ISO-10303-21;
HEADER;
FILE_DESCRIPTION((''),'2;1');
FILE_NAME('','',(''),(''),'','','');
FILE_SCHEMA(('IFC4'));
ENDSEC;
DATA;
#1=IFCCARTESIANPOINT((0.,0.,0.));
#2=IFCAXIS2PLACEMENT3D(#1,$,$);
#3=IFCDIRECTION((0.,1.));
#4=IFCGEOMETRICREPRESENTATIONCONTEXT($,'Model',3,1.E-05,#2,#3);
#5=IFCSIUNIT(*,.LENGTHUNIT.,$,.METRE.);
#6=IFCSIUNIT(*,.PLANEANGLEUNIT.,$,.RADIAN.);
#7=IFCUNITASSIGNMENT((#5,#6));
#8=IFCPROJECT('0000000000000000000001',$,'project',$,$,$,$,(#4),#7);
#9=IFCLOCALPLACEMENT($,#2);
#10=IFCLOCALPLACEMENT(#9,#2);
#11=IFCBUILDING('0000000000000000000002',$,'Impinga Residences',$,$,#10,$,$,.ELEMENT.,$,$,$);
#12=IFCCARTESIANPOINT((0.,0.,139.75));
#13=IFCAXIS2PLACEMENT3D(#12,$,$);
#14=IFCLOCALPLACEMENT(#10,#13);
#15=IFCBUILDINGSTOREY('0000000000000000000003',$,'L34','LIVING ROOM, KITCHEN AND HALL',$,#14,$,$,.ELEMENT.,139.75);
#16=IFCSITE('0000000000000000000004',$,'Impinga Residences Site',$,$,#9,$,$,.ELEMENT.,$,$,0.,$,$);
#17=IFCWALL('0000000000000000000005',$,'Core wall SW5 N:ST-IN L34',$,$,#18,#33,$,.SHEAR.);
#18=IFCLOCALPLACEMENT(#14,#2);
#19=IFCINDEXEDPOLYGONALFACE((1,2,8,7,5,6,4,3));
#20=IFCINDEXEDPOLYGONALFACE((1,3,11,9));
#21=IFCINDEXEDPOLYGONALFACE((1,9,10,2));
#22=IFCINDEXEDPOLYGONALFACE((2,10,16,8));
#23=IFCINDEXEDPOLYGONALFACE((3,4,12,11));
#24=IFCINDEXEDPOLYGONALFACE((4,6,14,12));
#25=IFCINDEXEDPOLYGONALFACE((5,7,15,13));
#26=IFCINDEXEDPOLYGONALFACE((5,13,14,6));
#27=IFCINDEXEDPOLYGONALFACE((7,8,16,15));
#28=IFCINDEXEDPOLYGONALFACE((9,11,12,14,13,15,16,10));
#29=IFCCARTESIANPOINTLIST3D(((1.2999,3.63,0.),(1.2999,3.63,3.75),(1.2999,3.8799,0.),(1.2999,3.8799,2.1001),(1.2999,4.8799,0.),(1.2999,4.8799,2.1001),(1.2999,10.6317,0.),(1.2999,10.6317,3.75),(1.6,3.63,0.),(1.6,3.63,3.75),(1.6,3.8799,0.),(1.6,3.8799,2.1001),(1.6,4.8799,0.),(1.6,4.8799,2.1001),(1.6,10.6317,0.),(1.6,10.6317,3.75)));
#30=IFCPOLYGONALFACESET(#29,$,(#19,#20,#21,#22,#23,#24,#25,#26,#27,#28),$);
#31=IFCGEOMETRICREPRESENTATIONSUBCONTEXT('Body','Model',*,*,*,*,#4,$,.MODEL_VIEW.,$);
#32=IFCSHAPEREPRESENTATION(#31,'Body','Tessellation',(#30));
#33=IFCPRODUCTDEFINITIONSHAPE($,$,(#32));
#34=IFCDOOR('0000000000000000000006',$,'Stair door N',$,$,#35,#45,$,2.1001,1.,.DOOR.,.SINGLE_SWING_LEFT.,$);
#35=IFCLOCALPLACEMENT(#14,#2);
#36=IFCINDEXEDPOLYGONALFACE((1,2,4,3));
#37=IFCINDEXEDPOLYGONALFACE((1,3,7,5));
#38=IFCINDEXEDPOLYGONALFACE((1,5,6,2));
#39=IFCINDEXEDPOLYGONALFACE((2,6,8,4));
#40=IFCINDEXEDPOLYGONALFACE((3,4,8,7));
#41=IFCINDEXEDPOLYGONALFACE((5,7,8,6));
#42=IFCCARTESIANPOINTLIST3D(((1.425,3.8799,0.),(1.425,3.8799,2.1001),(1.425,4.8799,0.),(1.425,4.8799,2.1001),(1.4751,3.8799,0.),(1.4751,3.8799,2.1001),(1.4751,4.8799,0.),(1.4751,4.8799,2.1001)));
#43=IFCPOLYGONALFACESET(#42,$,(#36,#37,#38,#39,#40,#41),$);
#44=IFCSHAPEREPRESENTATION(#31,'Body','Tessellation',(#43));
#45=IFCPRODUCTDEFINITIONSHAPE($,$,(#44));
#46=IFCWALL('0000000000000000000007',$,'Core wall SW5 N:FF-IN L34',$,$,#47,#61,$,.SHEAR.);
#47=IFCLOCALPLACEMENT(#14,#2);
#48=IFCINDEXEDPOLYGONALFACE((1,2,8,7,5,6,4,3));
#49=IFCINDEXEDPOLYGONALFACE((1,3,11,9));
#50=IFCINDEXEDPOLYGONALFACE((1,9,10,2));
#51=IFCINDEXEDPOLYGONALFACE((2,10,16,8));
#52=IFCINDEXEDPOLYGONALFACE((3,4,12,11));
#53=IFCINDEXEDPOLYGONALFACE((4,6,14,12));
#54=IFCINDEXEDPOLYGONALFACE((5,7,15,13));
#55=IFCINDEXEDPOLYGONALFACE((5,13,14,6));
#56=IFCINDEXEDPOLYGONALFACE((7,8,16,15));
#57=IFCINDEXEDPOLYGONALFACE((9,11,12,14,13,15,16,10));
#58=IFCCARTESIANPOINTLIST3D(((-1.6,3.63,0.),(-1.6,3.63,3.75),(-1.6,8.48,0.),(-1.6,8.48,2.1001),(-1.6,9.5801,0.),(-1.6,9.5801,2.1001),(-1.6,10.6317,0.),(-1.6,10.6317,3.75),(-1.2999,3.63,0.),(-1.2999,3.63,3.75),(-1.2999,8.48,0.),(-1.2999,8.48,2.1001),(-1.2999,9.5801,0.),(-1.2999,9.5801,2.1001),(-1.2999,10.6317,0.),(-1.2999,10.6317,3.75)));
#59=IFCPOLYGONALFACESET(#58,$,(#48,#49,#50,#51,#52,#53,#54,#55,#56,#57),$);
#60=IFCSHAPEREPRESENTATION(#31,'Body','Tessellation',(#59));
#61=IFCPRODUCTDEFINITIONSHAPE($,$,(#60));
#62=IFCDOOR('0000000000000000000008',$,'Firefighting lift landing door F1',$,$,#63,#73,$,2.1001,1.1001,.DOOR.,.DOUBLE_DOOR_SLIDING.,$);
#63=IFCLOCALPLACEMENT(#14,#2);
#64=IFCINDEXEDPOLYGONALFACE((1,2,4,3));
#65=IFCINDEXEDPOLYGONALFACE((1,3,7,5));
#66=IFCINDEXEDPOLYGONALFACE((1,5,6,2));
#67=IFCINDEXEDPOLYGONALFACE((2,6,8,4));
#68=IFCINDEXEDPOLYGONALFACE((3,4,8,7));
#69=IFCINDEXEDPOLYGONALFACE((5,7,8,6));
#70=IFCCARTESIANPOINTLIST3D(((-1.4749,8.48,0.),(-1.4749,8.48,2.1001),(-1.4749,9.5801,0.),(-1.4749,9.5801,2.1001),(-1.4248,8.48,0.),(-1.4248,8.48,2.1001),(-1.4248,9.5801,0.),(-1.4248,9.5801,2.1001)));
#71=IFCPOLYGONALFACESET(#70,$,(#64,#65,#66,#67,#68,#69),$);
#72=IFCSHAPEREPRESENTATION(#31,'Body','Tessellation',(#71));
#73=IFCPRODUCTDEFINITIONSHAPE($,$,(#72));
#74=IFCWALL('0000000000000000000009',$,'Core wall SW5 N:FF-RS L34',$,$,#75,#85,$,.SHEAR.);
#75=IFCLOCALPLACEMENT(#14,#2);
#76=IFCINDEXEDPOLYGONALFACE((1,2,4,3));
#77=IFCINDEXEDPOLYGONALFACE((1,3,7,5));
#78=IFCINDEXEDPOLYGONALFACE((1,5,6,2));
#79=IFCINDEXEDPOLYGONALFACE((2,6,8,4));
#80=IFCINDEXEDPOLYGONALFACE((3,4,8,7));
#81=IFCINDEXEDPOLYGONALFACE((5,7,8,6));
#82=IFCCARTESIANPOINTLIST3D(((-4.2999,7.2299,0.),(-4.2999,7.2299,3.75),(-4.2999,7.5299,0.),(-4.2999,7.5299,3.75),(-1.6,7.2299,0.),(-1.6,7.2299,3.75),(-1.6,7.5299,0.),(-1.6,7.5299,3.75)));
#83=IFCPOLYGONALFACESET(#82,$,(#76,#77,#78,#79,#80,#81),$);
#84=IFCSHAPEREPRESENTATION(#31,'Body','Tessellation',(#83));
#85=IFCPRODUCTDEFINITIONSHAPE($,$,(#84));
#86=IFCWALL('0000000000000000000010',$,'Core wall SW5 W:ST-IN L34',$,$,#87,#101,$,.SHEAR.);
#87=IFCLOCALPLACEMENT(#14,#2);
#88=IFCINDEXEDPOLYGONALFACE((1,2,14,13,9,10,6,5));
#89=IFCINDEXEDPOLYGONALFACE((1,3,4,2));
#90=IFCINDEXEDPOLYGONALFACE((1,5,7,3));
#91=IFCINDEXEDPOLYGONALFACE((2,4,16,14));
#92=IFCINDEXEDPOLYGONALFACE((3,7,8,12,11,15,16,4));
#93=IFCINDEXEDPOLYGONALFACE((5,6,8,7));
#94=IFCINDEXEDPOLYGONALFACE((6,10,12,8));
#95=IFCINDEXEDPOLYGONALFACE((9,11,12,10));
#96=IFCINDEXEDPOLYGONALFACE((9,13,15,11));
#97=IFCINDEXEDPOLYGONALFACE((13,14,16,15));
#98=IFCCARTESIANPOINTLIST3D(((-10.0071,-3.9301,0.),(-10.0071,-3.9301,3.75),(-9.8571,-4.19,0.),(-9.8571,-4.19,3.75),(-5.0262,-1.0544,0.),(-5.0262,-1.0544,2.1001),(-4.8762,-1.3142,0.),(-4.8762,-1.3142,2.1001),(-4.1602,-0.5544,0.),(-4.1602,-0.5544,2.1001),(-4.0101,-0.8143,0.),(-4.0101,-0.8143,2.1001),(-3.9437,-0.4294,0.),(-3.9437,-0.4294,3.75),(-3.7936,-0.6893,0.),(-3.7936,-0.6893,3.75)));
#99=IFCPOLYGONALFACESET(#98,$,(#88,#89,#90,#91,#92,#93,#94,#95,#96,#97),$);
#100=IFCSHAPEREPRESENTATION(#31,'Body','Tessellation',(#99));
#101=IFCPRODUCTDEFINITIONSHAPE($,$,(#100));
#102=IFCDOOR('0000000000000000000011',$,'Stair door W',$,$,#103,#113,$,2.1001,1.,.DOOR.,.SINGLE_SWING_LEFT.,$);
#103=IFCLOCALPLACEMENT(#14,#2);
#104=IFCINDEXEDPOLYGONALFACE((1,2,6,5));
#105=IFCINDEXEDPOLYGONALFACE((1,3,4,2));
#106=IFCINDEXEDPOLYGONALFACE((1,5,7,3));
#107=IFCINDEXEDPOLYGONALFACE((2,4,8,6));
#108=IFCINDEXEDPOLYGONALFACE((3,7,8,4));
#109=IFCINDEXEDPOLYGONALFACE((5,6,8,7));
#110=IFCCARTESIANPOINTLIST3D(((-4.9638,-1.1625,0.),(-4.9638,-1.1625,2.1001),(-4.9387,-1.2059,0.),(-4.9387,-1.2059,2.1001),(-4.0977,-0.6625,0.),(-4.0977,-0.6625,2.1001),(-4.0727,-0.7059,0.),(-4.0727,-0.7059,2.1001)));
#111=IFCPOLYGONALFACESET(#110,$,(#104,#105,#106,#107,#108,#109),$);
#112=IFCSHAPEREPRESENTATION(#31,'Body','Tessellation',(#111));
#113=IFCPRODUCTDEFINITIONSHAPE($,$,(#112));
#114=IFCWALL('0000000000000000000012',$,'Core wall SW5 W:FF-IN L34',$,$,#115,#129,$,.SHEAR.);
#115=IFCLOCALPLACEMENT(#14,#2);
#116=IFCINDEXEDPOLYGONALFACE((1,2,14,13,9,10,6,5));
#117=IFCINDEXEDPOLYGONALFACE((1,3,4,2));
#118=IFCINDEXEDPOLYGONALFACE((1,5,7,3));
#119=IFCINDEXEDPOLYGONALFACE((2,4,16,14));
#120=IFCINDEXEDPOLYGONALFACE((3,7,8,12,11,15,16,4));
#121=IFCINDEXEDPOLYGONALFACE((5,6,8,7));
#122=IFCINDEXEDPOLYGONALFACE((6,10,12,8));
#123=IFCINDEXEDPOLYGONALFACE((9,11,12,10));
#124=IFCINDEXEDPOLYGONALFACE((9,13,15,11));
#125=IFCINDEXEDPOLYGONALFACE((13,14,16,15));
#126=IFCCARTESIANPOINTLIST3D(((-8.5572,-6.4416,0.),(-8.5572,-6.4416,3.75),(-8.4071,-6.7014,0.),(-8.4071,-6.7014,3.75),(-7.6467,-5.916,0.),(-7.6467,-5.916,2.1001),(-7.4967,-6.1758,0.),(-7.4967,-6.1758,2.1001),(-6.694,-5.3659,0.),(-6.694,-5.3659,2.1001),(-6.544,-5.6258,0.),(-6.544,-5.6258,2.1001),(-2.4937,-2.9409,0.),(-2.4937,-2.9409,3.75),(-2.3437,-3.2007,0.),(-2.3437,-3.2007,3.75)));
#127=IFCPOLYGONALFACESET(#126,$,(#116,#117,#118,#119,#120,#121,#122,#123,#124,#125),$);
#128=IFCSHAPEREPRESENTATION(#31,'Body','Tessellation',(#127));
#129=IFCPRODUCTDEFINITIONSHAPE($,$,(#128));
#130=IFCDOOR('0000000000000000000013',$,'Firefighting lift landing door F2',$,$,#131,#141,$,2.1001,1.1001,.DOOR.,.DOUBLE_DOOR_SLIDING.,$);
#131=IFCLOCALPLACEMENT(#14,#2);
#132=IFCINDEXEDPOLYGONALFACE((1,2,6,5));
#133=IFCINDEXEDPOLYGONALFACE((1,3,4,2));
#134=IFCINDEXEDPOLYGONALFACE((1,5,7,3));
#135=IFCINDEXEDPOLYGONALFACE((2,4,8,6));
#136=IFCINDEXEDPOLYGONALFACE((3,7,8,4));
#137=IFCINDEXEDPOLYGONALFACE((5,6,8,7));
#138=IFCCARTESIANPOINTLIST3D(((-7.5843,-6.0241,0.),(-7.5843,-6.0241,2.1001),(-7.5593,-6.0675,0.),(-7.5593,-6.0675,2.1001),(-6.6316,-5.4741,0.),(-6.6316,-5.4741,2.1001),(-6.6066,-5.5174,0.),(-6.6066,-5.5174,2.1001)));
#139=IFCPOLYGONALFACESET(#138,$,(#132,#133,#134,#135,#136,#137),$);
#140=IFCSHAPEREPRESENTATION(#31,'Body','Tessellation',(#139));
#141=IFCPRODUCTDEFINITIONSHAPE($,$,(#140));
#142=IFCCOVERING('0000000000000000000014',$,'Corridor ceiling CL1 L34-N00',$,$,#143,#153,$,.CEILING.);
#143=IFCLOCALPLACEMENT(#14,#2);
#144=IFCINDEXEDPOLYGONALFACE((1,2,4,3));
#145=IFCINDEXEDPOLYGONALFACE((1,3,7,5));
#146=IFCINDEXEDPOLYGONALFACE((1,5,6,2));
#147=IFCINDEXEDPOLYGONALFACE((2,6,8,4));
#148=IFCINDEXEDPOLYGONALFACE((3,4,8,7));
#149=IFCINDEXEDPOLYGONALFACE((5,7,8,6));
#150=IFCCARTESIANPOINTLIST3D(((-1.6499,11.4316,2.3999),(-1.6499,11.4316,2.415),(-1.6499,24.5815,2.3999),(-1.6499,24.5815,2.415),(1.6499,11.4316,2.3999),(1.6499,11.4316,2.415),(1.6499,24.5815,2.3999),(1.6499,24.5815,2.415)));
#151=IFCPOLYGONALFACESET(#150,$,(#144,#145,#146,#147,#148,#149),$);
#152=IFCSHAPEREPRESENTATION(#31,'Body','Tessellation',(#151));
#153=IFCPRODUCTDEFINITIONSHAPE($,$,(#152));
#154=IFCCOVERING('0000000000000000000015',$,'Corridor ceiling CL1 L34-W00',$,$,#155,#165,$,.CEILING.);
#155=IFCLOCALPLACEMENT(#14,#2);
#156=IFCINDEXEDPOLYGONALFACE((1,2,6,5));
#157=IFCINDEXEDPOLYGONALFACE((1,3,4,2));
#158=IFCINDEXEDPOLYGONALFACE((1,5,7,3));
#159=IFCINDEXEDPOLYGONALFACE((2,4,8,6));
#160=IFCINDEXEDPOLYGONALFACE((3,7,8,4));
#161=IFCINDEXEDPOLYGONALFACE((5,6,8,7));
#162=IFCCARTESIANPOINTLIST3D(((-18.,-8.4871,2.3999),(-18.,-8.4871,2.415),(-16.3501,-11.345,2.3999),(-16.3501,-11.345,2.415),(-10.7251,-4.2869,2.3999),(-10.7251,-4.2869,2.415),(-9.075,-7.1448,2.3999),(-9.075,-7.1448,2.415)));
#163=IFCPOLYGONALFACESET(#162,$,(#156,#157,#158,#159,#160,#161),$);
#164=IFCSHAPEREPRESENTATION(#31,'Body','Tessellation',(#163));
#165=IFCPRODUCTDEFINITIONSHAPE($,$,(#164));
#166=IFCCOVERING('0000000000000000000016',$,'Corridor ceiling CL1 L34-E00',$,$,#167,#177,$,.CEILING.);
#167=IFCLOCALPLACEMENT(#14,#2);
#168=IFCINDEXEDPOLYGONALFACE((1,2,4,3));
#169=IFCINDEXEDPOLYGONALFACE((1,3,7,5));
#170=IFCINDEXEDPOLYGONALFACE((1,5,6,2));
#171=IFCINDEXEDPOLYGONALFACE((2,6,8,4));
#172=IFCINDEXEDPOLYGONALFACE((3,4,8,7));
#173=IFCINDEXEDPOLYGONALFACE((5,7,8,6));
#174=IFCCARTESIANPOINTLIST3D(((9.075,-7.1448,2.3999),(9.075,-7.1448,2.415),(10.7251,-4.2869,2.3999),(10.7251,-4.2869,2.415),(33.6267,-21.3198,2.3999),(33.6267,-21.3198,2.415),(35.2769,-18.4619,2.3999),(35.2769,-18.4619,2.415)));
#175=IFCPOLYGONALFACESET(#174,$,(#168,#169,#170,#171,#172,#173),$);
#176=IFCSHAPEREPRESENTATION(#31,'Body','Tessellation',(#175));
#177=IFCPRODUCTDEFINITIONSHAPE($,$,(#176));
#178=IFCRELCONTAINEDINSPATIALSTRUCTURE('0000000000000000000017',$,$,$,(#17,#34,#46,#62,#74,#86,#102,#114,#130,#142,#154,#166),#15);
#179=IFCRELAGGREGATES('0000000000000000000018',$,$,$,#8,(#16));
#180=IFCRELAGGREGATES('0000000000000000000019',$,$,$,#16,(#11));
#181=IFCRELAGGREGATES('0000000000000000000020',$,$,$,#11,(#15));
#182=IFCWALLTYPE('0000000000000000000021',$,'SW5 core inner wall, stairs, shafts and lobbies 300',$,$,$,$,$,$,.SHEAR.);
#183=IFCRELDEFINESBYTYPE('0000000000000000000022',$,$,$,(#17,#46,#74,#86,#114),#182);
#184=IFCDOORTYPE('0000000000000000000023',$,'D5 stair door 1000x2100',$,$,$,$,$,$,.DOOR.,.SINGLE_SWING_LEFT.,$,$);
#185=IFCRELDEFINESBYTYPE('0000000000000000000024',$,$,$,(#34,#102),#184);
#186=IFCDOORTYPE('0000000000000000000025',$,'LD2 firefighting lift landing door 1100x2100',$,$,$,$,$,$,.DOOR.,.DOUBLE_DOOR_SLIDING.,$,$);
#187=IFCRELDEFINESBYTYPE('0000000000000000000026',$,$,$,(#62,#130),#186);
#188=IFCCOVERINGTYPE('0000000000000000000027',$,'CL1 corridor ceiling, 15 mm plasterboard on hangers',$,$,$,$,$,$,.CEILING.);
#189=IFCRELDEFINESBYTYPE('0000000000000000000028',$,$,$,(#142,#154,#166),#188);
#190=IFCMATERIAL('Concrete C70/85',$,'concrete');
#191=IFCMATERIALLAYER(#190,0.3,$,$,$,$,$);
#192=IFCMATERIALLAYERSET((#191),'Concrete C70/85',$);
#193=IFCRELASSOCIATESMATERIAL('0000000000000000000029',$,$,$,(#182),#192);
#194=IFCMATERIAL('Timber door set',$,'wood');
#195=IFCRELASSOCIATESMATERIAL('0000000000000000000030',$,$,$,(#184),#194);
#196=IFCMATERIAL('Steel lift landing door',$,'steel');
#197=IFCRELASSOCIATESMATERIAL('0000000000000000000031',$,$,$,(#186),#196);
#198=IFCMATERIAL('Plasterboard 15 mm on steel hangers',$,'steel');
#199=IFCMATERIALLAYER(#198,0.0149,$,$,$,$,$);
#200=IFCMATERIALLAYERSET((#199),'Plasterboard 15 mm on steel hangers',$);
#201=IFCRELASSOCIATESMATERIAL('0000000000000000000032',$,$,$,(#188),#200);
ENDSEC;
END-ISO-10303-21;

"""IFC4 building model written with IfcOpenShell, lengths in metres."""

from ifc_helpers import new_model, si_unit, direction, frame, frame_2d, origin, place, context, subcontext, project, spatial, polyline, rectangle, outline, extrude, material, layer, layer_set, type_object, element, fill, save


model = new_model("IFC4")

# Units and contexts
model_context = context("Model", 3, precision=1e-05, world=origin(), true_north=direction((0.0, 1.0)))
body_context = subcontext(model_context, "Body", "Model", "MODEL_VIEW")
ifc_project = project(units=[si_unit("LENGTHUNIT", "METRE"), si_unit("PLANEANGLEUNIT", "RADIAN")], contexts=[model_context])

# Site, building, storey
site_placement = place(None, origin())
site = spatial("IfcSite", under=ifc_project, at=site_placement, Name="Impinga Residences Site", CompositionType="ELEMENT", RefElevation=0.0)
building_placement = place(site_placement, origin())
building = spatial("IfcBuilding", under=site, at=building_placement, Name="Impinga Residences", CompositionType="ELEMENT")
storey_placement = place(building_placement, frame((0.0, 0.0, 139.75)))
storey = spatial("IfcBuildingStorey", under=building, at=storey_placement, Name="L34", Description="LIVING ROOM, KITCHEN AND HALL", CompositionType="ELEMENT", Elevation=139.75)

# Walls, openings, doors
ifc_material_1 = material(Name="Concrete C70/85", Category="concrete")
ifc_layer_1 = layer(ifc_material_1, 0.3)
ifc_layer_set_1 = layer_set([ifc_layer_1], Name="Concrete C70/85")
wall_type_1 = type_object("IfcWallType", Name="SW5 core inner wall, stairs, shafts and lobbies 300", PredefinedType="SHEAR", material=ifc_layer_set_1)
wall_1_placement = place(storey_placement, frame((1.45, 3.6299, 0.0), z_axis=(0.0, 0.0, 1.0), x_axis=(0.0, 1.0, 0.0)))
wall_1 = element("IfcWall", 1, at=wall_1_placement, inside=storey, type_object=wall_type_1, Name="Core wall SW5 N:ST-IN L34", PredefinedType="SHEAR", context=body_context, shape_type="SweptSolid", body=[
    extrude(rectangle(XDim=7.0017, YDim=0.3, at=frame_2d((3.501, 0.0))), origin(), (0.0, 0.0, 1.0), 3.75),
])
opening_1_placement = place(wall_1_placement, frame((0.25, 0.0, 0.0)))
opening_1 = element("IfcOpeningElement", 2, at=opening_1_placement, cuts=wall_1, PredefinedType="OPENING", context=body_context, shape_type="SweptSolid", body=[
    extrude(rectangle(XDim=1.0, YDim=2.1001, at=frame_2d((0.5, 1.05))), frame((0.0, 0.1599, 0.0), z_axis=(0.0, -1.0, 0.0), x_axis=(1.0, 0.0, 0.0)), (0.0, 0.0, 1.0), 0.3201),
])
ifc_material_2 = material(Name="Timber door set", Category="wood")
door_type_1 = type_object("IfcDoorType", Name="D5 stair door 1000x2100", OperationType="SINGLE_SWING_LEFT", PredefinedType="DOOR", material=ifc_material_2)
door_1_placement = place(opening_1_placement, origin())
door_1 = element("IfcDoor", 3, at=door_1_placement, inside=storey, type_object=door_type_1, Name="Stair door N", OperationType="SINGLE_SWING_LEFT", OverallHeight=2.1001, OverallWidth=1.0, PredefinedType="DOOR", context=body_context, shape_type="SweptSolid", body=[
    extrude(rectangle(XDim=1.0, YDim=2.1001, at=frame_2d((0.5, 1.05))), frame((0.0, 0.0249, 0.0), z_axis=(0.0, -1.0, 0.0), x_axis=(1.0, 0.0, 0.0)), (0.0, 0.0, 1.0), 0.05),
])
fill(opening_1, door_1)
wall_2_placement = place(storey_placement, frame((-1.45, 3.6299, 0.0), z_axis=(0.0, 0.0, 1.0), x_axis=(0.0, 1.0, 0.0)))
wall_2 = element("IfcWall", 4, at=wall_2_placement, inside=storey, type_object=wall_type_1, Name="Core wall SW5 N:FF-IN L34", PredefinedType="SHEAR", context=body_context, shape_type="SweptSolid", body=[
    extrude(rectangle(XDim=7.0017, YDim=0.3, at=frame_2d((3.501, 0.0))), origin(), (0.0, 0.0, 1.0), 3.75),
])
opening_2_placement = place(wall_2_placement, frame((4.8501, 0.0, 0.0)))
opening_2 = element("IfcOpeningElement", 5, at=opening_2_placement, cuts=wall_2, PredefinedType="OPENING", context=body_context, shape_type="SweptSolid", body=[
    extrude(rectangle(XDim=1.1001, YDim=2.1001, at=frame_2d((0.55, 1.05))), frame((0.0, 0.1599, 0.0), z_axis=(0.0, -1.0, 0.0), x_axis=(1.0, 0.0, 0.0)), (0.0, 0.0, 1.0), 0.3201),
])
ifc_material_3 = material(Name="Steel lift landing door", Category="steel")
door_type_2 = type_object("IfcDoorType", Name="LD2 firefighting lift landing door 1100x2100", OperationType="DOUBLE_DOOR_SLIDING", PredefinedType="DOOR", material=ifc_material_3)
door_2_placement = place(opening_2_placement, origin())
door_2 = element("IfcDoor", 6, at=door_2_placement, inside=storey, type_object=door_type_2, Name="Firefighting lift landing door F1", OperationType="DOUBLE_DOOR_SLIDING", OverallHeight=2.1001, OverallWidth=1.1001, PredefinedType="DOOR", context=body_context, shape_type="SweptSolid", body=[
    extrude(rectangle(XDim=1.1001, YDim=2.1001, at=frame_2d((0.55, 1.05))), frame((0.0, 0.0249, 0.0), z_axis=(0.0, -1.0, 0.0), x_axis=(1.0, 0.0, 0.0)), (0.0, 0.0, 1.0), 0.05),
])
fill(opening_2, door_2)

# Wall
wall_3_placement = place(storey_placement, frame((-4.3, 7.3799, 0.0), z_axis=(0.0, 0.0, 1.0), x_axis=(1.0, 0.0, 0.0)))
element("IfcWall", 7, at=wall_3_placement, inside=storey, type_object=wall_type_1, Name="Core wall SW5 N:FF-RS L34", PredefinedType="SHEAR", context=body_context, shape_type="SweptSolid", body=[
    extrude(rectangle(XDim=2.7, YDim=0.3, at=frame_2d((1.3501, 0.0))), origin(), (0.0, 0.0, 1.0), 3.75),
])

# Walls, openings, doors
wall_4_placement = place(storey_placement, frame((-3.8687, -0.5593, 0.0), z_axis=(0.0, 0.0, 1.0), x_axis=(-0.866026, -0.499998, 0.0)))
wall_4 = element("IfcWall", 8, at=wall_4_placement, inside=storey, type_object=wall_type_1, Name="Core wall SW5 W:ST-IN L34", PredefinedType="SHEAR", context=body_context, shape_type="SweptSolid", body=[
    extrude(rectangle(XDim=7.0015, YDim=0.3, at=frame_2d((3.5007, 0.0))), origin(), (0.0, 0.0, 1.0), 3.75),
])
opening_3_placement = place(wall_4_placement, frame((0.25, 0.0, 0.0)))
opening_3 = element("IfcOpeningElement", 9, at=opening_3_placement, cuts=wall_4, PredefinedType="OPENING", context=body_context, shape_type="SweptSolid", body=[
    extrude(rectangle(XDim=1.0, YDim=2.1001, at=frame_2d((0.5, 1.05))), frame((0.0, 0.1599, 0.0), z_axis=(0.0, -1.0, 0.0), x_axis=(1.0, 0.0, 0.0)), (0.0, 0.0, 1.0), 0.3201),
])
door_3_placement = place(opening_3_placement, origin())
door_3 = element("IfcDoor", 10, at=door_3_placement, inside=storey, type_object=door_type_1, Name="Stair door W", OperationType="SINGLE_SWING_LEFT", OverallHeight=2.1001, OverallWidth=1.0, PredefinedType="DOOR", context=body_context, shape_type="SweptSolid", body=[
    extrude(rectangle(XDim=1.0, YDim=2.1001, at=frame_2d((0.5, 1.05))), frame((0.0, 0.0249, 0.0), z_axis=(0.0, -1.0, 0.0), x_axis=(1.0, 0.0, 0.0)), (0.0, 0.0, 1.0), 0.05),
])
fill(opening_3, door_3)
wall_5_placement = place(storey_placement, frame((-2.4187, -3.0708, 0.0), z_axis=(0.0, 0.0, 1.0), x_axis=(-0.866026, -0.499998, 0.0)))
wall_5 = element("IfcWall", 11, at=wall_5_placement, inside=storey, type_object=wall_type_1, Name="Core wall SW5 W:FF-IN L34", PredefinedType="SHEAR", context=body_context, shape_type="SweptSolid", body=[
    extrude(rectangle(XDim=7.0015, YDim=0.3, at=frame_2d((3.5007, 0.0))), origin(), (0.0, 0.0, 1.0), 3.75),
])
opening_4_placement = place(wall_5_placement, frame((4.8501, 0.0, 0.0)))
opening_4 = element("IfcOpeningElement", 12, at=opening_4_placement, cuts=wall_5, PredefinedType="OPENING", context=body_context, shape_type="SweptSolid", body=[
    extrude(rectangle(XDim=1.1001, YDim=2.1001, at=frame_2d((0.55, 1.05))), frame((0.0, 0.1599, 0.0), z_axis=(0.0, -1.0, 0.0), x_axis=(1.0, 0.0, 0.0)), (0.0, 0.0, 1.0), 0.3201),
])
door_4_placement = place(opening_4_placement, origin())
door_4 = element("IfcDoor", 13, at=door_4_placement, inside=storey, type_object=door_type_2, Name="Firefighting lift landing door F2", OperationType="DOUBLE_DOOR_SLIDING", OverallHeight=2.1001, OverallWidth=1.1001, PredefinedType="DOOR", context=body_context, shape_type="SweptSolid", body=[
    extrude(rectangle(XDim=1.1001, YDim=2.1001, at=frame_2d((0.55, 1.05))), frame((0.0, 0.0249, 0.0), z_axis=(0.0, -1.0, 0.0), x_axis=(1.0, 0.0, 0.0)), (0.0, 0.0, 1.0), 0.05),
])
fill(opening_4, door_4)

# Coverings
ifc_material_4 = material(Name="Plasterboard 15 mm on steel hangers", Category="steel")
ifc_layer_2 = layer(ifc_material_4, 0.0149)
ifc_layer_set_2 = layer_set([ifc_layer_2], Name="Plasterboard 15 mm on steel hangers")
covering_type_1 = type_object("IfcCoveringType", Name="CL1 corridor ceiling, 15 mm plasterboard on hangers", PredefinedType="CEILING", material=ifc_layer_set_2)
covering_1_placement = place(storey_placement, frame((0.0, 0.0, 2.3999)))
element("IfcCovering", 14, at=covering_1_placement, inside=storey, type_object=covering_type_1, Name="Corridor ceiling CL1 L34-N00", PredefinedType="CEILING", context=body_context, shape_type="SweptSolid", body=[
    extrude(outline(polyline([(-1.6499, 11.4316), (1.6499, 11.4316), (1.6499, 24.5815), (-1.6499, 24.5815), (-1.6499, 11.4316)])), origin(), (0.0, 0.0, 1.0), 0.0151),
])
covering_2_placement = place(storey_placement, frame((0.0, 0.0, 2.3999)))
element("IfcCovering", 15, at=covering_2_placement, inside=storey, type_object=covering_type_1, Name="Corridor ceiling CL1 L34-W00", PredefinedType="CEILING", context=body_context, shape_type="SweptSolid", body=[
    extrude(outline(polyline([(-10.7251, -4.2869), (-9.075, -7.1448), (-16.3501, -11.345), (-18.0, -8.4871), (-10.7251, -4.2869)])), origin(), (0.0, 0.0, 1.0), 0.0151),
])
covering_3_placement = place(storey_placement, frame((0.0, 0.0, 2.3999)))
element("IfcCovering", 16, at=covering_3_placement, inside=storey, type_object=covering_type_1, Name="Corridor ceiling CL1 L34-E00", PredefinedType="CEILING", context=body_context, shape_type="SweptSolid", body=[
    extrude(outline(polyline([(10.7251, -4.2869), (9.075, -7.1448), (33.6267, -21.3198), (35.2769, -18.4619), (10.7251, -4.2869)])), origin(), (0.0, 0.0, 1.0), 0.0151),
])

save(model, "model.ifc")
